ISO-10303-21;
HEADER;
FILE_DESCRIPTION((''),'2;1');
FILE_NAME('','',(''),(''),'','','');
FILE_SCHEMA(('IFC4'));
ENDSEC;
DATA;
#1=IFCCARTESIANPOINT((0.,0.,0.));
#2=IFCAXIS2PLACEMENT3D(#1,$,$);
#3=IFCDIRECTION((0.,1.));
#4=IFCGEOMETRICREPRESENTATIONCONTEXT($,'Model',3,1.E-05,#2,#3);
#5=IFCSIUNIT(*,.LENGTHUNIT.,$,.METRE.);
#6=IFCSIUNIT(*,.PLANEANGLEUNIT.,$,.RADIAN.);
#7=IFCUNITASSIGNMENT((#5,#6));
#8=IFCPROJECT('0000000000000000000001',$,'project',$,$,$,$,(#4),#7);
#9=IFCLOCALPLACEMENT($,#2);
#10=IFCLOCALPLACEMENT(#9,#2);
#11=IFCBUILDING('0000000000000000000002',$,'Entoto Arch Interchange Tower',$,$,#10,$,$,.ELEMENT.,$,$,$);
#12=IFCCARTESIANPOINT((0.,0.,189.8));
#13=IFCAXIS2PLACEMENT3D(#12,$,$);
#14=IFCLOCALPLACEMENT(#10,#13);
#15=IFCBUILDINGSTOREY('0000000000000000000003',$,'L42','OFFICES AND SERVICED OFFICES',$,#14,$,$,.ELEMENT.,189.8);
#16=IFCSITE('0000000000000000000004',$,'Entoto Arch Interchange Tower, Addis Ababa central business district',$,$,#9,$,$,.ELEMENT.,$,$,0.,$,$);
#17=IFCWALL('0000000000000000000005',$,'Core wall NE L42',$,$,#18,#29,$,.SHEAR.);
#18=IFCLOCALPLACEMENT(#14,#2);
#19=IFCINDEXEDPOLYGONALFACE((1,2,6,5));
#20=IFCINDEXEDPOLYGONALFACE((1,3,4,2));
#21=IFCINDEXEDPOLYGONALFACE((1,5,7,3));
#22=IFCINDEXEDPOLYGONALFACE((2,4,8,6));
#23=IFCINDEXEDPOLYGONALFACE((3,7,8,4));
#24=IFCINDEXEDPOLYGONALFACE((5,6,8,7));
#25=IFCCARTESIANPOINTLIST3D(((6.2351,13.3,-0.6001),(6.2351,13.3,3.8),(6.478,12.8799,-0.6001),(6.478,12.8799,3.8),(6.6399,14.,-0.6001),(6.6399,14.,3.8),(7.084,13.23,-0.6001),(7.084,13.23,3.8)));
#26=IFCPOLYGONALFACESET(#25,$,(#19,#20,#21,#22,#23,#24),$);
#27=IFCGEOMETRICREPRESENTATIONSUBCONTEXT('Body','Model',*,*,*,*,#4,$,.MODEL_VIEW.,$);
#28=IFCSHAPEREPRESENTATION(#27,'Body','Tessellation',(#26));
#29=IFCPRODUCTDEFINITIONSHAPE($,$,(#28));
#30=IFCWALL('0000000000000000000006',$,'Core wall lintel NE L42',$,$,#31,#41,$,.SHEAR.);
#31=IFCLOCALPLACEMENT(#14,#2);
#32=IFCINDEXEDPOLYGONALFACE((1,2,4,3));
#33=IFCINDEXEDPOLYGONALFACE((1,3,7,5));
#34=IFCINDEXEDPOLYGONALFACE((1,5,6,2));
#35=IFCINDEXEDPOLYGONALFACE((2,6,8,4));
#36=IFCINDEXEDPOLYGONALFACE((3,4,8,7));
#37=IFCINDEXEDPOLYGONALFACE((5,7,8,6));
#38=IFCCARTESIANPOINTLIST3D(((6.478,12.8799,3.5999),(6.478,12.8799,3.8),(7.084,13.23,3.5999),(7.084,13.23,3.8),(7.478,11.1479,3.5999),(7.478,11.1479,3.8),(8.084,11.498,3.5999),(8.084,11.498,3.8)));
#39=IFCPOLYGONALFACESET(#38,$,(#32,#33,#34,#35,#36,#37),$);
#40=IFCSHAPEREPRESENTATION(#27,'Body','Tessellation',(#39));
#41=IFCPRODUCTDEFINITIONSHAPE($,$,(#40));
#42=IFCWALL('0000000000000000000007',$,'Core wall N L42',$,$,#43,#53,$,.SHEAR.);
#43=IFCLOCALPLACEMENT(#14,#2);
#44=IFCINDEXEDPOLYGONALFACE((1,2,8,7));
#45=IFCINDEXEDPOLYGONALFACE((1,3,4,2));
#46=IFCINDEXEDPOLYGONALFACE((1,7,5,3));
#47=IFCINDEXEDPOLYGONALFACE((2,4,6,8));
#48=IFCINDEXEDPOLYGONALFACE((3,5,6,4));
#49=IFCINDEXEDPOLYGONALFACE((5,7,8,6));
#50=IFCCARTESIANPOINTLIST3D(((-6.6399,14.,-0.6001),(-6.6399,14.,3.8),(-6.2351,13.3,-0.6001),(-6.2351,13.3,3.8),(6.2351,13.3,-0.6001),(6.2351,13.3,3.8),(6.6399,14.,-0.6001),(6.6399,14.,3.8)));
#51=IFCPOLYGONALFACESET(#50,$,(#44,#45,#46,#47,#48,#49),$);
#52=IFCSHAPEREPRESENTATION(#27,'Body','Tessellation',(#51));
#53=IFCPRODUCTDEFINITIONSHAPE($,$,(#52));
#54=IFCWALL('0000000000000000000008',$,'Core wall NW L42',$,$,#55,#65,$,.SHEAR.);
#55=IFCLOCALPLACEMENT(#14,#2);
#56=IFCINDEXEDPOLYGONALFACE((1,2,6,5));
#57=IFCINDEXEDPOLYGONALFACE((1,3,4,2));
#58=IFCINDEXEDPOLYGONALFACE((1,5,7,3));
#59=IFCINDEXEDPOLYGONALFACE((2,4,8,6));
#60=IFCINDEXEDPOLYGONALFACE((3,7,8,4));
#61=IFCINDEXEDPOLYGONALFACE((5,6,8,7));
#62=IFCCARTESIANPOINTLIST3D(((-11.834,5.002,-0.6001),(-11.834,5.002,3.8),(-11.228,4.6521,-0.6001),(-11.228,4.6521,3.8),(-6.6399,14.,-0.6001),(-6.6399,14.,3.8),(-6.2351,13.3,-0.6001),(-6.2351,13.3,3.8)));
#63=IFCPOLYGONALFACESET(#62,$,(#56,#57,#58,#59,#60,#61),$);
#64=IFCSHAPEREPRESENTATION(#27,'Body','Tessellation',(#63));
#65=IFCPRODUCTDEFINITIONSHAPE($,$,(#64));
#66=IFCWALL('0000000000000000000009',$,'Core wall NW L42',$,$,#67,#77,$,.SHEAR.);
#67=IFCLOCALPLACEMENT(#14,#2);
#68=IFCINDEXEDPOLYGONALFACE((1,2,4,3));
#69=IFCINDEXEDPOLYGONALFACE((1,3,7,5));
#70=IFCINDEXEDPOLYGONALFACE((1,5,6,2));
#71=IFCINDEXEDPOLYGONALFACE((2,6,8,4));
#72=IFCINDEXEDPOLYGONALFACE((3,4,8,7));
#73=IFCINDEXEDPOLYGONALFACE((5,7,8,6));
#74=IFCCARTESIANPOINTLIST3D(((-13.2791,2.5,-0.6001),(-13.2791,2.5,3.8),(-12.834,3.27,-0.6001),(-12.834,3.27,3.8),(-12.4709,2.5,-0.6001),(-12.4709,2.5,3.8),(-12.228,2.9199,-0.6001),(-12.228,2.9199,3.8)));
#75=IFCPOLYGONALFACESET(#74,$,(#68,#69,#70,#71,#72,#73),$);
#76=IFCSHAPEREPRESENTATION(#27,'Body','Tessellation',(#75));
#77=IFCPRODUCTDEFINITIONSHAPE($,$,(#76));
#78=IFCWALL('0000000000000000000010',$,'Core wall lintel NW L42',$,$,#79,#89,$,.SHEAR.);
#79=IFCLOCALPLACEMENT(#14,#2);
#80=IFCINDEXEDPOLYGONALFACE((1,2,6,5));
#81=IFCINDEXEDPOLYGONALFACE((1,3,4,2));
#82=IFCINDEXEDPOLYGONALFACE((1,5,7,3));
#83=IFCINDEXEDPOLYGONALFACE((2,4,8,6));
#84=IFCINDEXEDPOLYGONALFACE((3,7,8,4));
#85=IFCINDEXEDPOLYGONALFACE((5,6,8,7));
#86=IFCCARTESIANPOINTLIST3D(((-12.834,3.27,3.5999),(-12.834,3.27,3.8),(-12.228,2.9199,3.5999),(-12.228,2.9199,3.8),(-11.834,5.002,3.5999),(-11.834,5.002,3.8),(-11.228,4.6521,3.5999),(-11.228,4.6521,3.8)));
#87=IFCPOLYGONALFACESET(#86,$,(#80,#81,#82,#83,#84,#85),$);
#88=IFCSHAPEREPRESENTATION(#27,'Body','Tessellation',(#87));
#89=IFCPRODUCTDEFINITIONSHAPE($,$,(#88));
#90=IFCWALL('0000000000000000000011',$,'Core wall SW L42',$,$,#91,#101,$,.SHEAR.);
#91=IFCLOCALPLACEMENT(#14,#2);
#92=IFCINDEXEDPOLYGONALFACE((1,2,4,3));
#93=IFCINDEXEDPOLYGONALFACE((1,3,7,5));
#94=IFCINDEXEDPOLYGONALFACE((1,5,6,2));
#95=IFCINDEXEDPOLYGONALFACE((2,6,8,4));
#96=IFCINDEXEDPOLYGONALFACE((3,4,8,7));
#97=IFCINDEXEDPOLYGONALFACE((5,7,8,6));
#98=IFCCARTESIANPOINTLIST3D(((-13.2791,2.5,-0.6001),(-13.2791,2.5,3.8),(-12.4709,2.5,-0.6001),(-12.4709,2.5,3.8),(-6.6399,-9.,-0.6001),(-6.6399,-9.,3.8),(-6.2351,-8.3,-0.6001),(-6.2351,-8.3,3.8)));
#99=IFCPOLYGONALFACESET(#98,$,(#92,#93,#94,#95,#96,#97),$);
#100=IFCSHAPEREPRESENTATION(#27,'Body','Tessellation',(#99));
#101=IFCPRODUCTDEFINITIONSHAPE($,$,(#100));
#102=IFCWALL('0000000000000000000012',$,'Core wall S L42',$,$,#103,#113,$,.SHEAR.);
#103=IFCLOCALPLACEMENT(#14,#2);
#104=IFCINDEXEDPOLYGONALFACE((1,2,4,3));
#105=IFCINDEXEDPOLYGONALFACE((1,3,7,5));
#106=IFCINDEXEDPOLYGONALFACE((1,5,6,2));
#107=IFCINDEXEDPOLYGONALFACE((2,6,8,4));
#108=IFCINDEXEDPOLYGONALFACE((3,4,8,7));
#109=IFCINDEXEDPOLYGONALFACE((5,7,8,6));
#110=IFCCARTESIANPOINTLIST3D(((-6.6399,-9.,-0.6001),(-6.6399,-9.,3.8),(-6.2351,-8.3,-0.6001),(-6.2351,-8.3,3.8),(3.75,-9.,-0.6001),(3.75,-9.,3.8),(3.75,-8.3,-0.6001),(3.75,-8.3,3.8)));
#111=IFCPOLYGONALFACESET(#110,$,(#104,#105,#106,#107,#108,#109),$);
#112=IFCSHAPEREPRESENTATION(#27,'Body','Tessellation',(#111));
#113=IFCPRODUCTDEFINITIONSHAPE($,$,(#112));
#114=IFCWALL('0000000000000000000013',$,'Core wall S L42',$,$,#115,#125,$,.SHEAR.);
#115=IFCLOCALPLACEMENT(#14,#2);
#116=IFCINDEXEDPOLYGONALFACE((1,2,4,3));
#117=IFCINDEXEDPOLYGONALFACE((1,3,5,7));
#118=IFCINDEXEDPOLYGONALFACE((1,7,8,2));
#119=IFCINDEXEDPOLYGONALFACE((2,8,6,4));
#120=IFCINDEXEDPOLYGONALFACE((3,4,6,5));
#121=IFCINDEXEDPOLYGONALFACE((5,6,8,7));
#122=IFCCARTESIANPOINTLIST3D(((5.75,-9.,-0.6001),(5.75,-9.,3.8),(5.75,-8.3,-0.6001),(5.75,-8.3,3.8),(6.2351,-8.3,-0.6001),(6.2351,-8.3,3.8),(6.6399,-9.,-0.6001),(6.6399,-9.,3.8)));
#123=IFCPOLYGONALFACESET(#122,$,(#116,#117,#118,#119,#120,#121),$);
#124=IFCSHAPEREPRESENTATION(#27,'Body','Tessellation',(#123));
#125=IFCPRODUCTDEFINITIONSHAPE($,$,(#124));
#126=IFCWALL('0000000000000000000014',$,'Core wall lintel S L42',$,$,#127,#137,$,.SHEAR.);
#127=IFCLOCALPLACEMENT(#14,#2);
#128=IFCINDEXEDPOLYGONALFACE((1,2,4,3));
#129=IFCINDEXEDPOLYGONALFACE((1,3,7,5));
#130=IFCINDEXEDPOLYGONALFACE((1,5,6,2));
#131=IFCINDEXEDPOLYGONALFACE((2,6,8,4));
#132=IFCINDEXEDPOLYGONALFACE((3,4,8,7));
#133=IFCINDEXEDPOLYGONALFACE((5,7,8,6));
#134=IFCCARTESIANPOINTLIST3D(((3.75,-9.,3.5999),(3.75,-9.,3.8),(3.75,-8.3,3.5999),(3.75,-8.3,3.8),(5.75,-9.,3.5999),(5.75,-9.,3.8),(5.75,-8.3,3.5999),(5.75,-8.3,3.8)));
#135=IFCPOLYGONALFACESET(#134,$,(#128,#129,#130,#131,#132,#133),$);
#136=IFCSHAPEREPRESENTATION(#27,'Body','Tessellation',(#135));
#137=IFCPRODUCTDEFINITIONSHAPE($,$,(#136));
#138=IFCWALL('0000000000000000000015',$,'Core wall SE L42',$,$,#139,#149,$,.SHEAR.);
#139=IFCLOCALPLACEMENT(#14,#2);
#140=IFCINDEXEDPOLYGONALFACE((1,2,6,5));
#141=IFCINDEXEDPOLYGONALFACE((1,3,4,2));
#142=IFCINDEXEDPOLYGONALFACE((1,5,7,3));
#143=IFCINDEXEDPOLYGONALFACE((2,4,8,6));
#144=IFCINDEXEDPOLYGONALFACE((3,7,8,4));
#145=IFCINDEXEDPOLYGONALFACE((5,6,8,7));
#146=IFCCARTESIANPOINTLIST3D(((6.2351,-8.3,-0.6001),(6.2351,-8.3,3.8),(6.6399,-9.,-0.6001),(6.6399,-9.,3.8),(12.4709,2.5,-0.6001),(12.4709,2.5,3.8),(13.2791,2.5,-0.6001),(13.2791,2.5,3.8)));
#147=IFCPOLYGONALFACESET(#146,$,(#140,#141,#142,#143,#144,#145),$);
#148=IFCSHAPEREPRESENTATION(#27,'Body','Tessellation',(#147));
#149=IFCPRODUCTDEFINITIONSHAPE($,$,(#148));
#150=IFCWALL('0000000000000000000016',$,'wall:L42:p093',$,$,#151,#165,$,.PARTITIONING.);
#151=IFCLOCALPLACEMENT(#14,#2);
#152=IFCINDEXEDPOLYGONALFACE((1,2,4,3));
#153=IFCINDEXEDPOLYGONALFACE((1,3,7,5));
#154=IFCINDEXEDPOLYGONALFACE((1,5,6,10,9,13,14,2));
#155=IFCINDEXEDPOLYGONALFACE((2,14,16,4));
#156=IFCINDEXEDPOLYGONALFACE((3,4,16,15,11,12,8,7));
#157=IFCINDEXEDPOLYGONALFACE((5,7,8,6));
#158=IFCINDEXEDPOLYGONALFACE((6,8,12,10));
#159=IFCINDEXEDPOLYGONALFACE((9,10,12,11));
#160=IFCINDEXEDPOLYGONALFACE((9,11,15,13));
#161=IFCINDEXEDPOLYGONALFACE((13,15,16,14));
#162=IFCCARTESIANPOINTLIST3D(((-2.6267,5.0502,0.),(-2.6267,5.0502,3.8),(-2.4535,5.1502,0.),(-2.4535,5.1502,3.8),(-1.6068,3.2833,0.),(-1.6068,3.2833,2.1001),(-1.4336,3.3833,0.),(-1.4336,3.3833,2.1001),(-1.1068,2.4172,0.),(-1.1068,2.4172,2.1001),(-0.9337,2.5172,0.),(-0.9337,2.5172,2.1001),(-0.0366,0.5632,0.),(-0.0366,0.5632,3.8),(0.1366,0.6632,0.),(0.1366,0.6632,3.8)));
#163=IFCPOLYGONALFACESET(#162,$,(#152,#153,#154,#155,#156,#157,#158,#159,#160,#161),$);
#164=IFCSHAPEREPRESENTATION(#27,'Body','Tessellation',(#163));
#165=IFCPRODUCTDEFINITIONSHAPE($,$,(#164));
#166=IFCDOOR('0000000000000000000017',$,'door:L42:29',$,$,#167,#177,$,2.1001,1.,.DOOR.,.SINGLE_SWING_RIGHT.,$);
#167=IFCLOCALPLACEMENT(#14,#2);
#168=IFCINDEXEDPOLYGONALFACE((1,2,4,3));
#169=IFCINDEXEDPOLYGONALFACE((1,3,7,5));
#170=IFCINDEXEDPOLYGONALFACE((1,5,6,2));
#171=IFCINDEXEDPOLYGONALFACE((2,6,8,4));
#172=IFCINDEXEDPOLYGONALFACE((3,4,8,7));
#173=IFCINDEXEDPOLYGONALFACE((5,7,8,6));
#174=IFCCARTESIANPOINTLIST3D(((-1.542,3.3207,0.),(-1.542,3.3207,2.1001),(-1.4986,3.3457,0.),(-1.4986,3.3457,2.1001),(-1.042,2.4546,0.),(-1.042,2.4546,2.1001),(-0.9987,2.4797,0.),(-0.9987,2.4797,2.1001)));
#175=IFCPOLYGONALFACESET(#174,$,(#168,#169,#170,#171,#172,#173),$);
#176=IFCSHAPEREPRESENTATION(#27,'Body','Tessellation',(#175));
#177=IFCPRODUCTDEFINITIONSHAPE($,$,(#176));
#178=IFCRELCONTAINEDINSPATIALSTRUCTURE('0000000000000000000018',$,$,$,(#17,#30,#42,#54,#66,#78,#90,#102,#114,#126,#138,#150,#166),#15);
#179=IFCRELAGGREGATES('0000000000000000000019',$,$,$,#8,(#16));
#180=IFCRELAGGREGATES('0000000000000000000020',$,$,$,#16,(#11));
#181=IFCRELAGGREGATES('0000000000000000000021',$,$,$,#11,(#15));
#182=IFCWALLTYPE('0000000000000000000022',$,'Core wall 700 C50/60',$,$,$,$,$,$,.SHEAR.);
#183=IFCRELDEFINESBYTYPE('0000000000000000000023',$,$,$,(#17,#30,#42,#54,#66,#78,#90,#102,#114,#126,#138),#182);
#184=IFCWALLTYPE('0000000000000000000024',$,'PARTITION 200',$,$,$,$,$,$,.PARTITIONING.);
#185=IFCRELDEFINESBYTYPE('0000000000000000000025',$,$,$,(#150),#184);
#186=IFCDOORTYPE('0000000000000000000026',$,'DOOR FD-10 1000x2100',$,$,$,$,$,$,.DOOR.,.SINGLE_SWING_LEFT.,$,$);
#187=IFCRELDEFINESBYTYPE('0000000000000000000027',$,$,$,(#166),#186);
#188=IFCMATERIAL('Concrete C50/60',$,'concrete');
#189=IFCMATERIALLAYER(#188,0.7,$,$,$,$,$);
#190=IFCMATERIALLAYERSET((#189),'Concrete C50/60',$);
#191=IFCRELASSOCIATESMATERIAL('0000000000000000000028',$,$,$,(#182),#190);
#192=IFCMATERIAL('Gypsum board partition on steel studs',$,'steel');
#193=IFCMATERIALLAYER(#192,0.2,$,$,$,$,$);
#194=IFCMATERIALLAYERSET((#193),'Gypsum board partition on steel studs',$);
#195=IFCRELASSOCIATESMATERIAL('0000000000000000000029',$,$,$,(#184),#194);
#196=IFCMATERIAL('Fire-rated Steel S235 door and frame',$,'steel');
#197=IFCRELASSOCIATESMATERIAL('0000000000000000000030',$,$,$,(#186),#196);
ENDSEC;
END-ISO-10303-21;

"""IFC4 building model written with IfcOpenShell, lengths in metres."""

from ifc_helpers import new_model, si_unit, direction, frame, frame_2d, origin, place, context, subcontext, project, spatial, polyline, rectangle, outline, extrude, material, layer, layer_set, type_object, element, fill, save


model = new_model("IFC4")

# Units and contexts
model_context = context("Model", 3, precision=1e-05, world=origin(), true_north=direction((0.0, 1.0)))
body_context = subcontext(model_context, "Body", "Model", "MODEL_VIEW")
ifc_project = project(units=[si_unit("LENGTHUNIT", "METRE"), si_unit("PLANEANGLEUNIT", "RADIAN")], contexts=[model_context])

# Site, building, storey
site_placement = place(None, origin())
site = spatial("IfcSite", under=ifc_project, at=site_placement, Name="Entoto Arch Interchange Tower, Addis Ababa central business district", CompositionType="ELEMENT", RefElevation=0.0)
building_placement = place(site_placement, origin())
building = spatial("IfcBuilding", under=site, at=building_placement, Name="Entoto Arch Interchange Tower", CompositionType="ELEMENT")
storey_placement = place(building_placement, frame((0.0, 0.0, 189.8)))
storey = spatial("IfcBuildingStorey", under=building, at=storey_placement, Name="L42", Description="OFFICES AND SERVICED OFFICES", CompositionType="ELEMENT", Elevation=189.8)

# Walls
ifc_material_1 = material(Name="Concrete C50/60", Category="concrete")
ifc_layer_1 = layer(ifc_material_1, 0.7)
ifc_layer_set_1 = layer_set([ifc_layer_1], Name="Concrete C50/60")
wall_type_1 = type_object("IfcWallType", Name="Core wall 700 C50/60", PredefinedType="SHEAR", material=ifc_layer_set_1)
wall_1_placement = place(storey_placement, frame((0.0, 0.0, -0.6001)))
element("IfcWall", 1, at=wall_1_placement, inside=storey, type_object=wall_type_1, Name="Core wall NE L42", PredefinedType="SHEAR", context=body_context, shape_type="SweptSolid", body=[
    extrude(outline(polyline([(6.478, 12.8799), (7.084, 13.23), (6.6399, 14.0), (6.2351, 13.3), (6.478, 12.8799)])), origin(), (0.0, 0.0, 1.0), 4.4001),
])
wall_2_placement = place(storey_placement, frame((0.0, 0.0, 3.5999)))
element("IfcWall", 2, at=wall_2_placement, inside=storey, type_object=wall_type_1, Name="Core wall lintel NE L42", PredefinedType="SHEAR", context=body_context, shape_type="SweptSolid", body=[
    extrude(outline(polyline([(7.084, 13.23), (6.478, 12.8799), (7.478, 11.1479), (8.084, 11.498), (7.084, 13.23)])), origin(), (0.0, 0.0, 1.0), 0.2002),
])
wall_3_placement = place(storey_placement, frame((0.0, 0.0, -0.6001)))
element("IfcWall", 3, at=wall_3_placement, inside=storey, type_object=wall_type_1, Name="Core wall N L42", PredefinedType="SHEAR", context=body_context, shape_type="SweptSolid", body=[
    extrude(outline(polyline([(6.6399, 14.0), (-6.6399, 14.0), (-6.2351, 13.3), (6.2351, 13.3), (6.6399, 14.0)])), origin(), (0.0, 0.0, 1.0), 4.4001),
])
wall_4_placement = place(storey_placement, frame((0.0, 0.0, -0.6001)))
element("IfcWall", 4, at=wall_4_placement, inside=storey, type_object=wall_type_1, Name="Core wall NW L42", PredefinedType="SHEAR", context=body_context, shape_type="SweptSolid", body=[
    extrude(outline(polyline([(-11.834, 5.002), (-11.228, 4.6521), (-6.2351, 13.3), (-6.6399, 14.0), (-11.834, 5.002)])), origin(), (0.0, 0.0, 1.0), 4.4001),
])
wall_5_placement = place(storey_placement, frame((0.0, 0.0, -0.6001)))
element("IfcWall", 5, at=wall_5_placement, inside=storey, type_object=wall_type_1, Name="Core wall NW L42", PredefinedType="SHEAR", context=body_context, shape_type="SweptSolid", body=[
    extrude(outline(polyline([(-12.228, 2.9199), (-12.834, 3.27), (-13.2791, 2.5), (-12.4709, 2.5), (-12.228, 2.9199)])), origin(), (0.0, 0.0, 1.0), 4.4001),
])
wall_6_placement = place(storey_placement, frame((0.0, 0.0, 3.5999)))
element("IfcWall", 6, at=wall_6_placement, inside=storey, type_object=wall_type_1, Name="Core wall lintel NW L42", PredefinedType="SHEAR", context=body_context, shape_type="SweptSolid", body=[
    extrude(outline(polyline([(-12.834, 3.27), (-12.228, 2.9199), (-11.228, 4.6521), (-11.834, 5.002), (-12.834, 3.27)])), origin(), (0.0, 0.0, 1.0), 0.2002),
])
wall_7_placement = place(storey_placement, frame((0.0, 0.0, -0.6001)))
element("IfcWall", 7, at=wall_7_placement, inside=storey, type_object=wall_type_1, Name="Core wall SW L42", PredefinedType="SHEAR", context=body_context, shape_type="SweptSolid", body=[
    extrude(outline(polyline([(-13.2791, 2.5), (-6.6399, -9.0), (-6.2351, -8.3), (-12.4709, 2.5), (-13.2791, 2.5)])), origin(), (0.0, 0.0, 1.0), 4.4001),
])
wall_8_placement = place(storey_placement, frame((0.0, 0.0, -0.6001)))
element("IfcWall", 8, at=wall_8_placement, inside=storey, type_object=wall_type_1, Name="Core wall S L42", PredefinedType="SHEAR", context=body_context, shape_type="SweptSolid", body=[
    extrude(outline(polyline([(3.75, -9.0), (3.75, -8.3), (-6.2351, -8.3), (-6.6399, -9.0), (3.75, -9.0)])), origin(), (0.0, 0.0, 1.0), 4.4001),
])
wall_9_placement = place(storey_placement, frame((0.0, 0.0, -0.6001)))
element("IfcWall", 9, at=wall_9_placement, inside=storey, type_object=wall_type_1, Name="Core wall S L42", PredefinedType="SHEAR", context=body_context, shape_type="SweptSolid", body=[
    extrude(outline(polyline([(5.75, -8.3), (5.75, -9.0), (6.6399, -9.0), (6.2351, -8.3), (5.75, -8.3)])), origin(), (0.0, 0.0, 1.0), 4.4001),
])
wall_10_placement = place(storey_placement, frame((0.0, 0.0, 3.5999)))
element("IfcWall", 10, at=wall_10_placement, inside=storey, type_object=wall_type_1, Name="Core wall lintel S L42", PredefinedType="SHEAR", context=body_context, shape_type="SweptSolid", body=[
    extrude(outline(polyline([(5.75, -9.0), (5.75, -8.3), (3.75, -8.3), (3.75, -9.0), (5.75, -9.0)])), origin(), (0.0, 0.0, 1.0), 0.2002),
])
wall_11_placement = place(storey_placement, frame((0.0, 0.0, -0.6001)))
element("IfcWall", 11, at=wall_11_placement, inside=storey, type_object=wall_type_1, Name="Core wall SE L42", PredefinedType="SHEAR", context=body_context, shape_type="SweptSolid", body=[
    extrude(outline(polyline([(6.6399, -9.0), (13.2791, 2.5), (12.4709, 2.5), (6.2351, -8.3), (6.6399, -9.0)])), origin(), (0.0, 0.0, 1.0), 4.4001),
])

# Wall, opening, door
ifc_material_2 = material(Name="Gypsum board partition on steel studs", Category="steel")
ifc_layer_2 = layer(ifc_material_2, 0.2)
ifc_layer_set_2 = layer_set([ifc_layer_2], Name="Gypsum board partition on steel studs")
wall_type_2 = type_object("IfcWallType", Name="PARTITION 200", PredefinedType="PARTITIONING", material=ifc_layer_set_2)
wall_12_placement = place(storey_placement, frame((-2.54, 5.1001, 0.0), z_axis=(0.0, 0.0, 1.0), x_axis=(0.499925, -0.866069, 0.0)))
wall_12 = element("IfcWall", 12, at=wall_12_placement, inside=storey, type_object=wall_type_2, Name="wall:L42:p093", PredefinedType="PARTITIONING", context=body_context, shape_type="SweptSolid", body=[
    extrude(rectangle(XDim=5.1809, YDim=0.2, at=frame_2d((2.5903, 0.0))), origin(), (0.0, 0.0, 1.0), 3.8),
])
opening_1_placement = place(wall_12_placement, frame((2.04, 0.0, 0.0)))
opening_1 = element("IfcOpeningElement", 13, at=opening_1_placement, cuts=wall_12, PredefinedType="OPENING", context=body_context, shape_type="SweptSolid", body=[
    extrude(rectangle(XDim=1.0, YDim=2.1001, at=frame_2d((0.5, 1.05))), frame((0.0, 0.1099, 0.0), z_axis=(0.0, -1.0, 0.0), x_axis=(1.0, 0.0, 0.0)), (0.0, 0.0, 1.0), 0.22),
])
ifc_material_3 = material(Name="Fire-rated Steel S235 door and frame", Category="steel")
door_type_1 = type_object("IfcDoorType", Name="DOOR FD-10 1000x2100", OperationType="SINGLE_SWING_LEFT", PredefinedType="DOOR", material=ifc_material_3)
door_1_placement = place(opening_1_placement, origin())
door_1 = element("IfcDoor", 14, at=door_1_placement, inside=storey, type_object=door_type_1, Name="door:L42:29", OperationType="SINGLE_SWING_RIGHT", OverallHeight=2.1001, OverallWidth=1.0, PredefinedType="DOOR", context=body_context, shape_type="SweptSolid", body=[
    extrude(rectangle(XDim=1.0, YDim=2.1001, at=frame_2d((0.5, 1.05))), frame((0.0, 0.0249, 0.0), z_axis=(0.0, -1.0, 0.0), x_axis=(1.0, 0.0, 0.0)), (0.0, 0.0, 1.0), 0.05),
])
fill(opening_1, door_1)

save(model, "model.ifc")
